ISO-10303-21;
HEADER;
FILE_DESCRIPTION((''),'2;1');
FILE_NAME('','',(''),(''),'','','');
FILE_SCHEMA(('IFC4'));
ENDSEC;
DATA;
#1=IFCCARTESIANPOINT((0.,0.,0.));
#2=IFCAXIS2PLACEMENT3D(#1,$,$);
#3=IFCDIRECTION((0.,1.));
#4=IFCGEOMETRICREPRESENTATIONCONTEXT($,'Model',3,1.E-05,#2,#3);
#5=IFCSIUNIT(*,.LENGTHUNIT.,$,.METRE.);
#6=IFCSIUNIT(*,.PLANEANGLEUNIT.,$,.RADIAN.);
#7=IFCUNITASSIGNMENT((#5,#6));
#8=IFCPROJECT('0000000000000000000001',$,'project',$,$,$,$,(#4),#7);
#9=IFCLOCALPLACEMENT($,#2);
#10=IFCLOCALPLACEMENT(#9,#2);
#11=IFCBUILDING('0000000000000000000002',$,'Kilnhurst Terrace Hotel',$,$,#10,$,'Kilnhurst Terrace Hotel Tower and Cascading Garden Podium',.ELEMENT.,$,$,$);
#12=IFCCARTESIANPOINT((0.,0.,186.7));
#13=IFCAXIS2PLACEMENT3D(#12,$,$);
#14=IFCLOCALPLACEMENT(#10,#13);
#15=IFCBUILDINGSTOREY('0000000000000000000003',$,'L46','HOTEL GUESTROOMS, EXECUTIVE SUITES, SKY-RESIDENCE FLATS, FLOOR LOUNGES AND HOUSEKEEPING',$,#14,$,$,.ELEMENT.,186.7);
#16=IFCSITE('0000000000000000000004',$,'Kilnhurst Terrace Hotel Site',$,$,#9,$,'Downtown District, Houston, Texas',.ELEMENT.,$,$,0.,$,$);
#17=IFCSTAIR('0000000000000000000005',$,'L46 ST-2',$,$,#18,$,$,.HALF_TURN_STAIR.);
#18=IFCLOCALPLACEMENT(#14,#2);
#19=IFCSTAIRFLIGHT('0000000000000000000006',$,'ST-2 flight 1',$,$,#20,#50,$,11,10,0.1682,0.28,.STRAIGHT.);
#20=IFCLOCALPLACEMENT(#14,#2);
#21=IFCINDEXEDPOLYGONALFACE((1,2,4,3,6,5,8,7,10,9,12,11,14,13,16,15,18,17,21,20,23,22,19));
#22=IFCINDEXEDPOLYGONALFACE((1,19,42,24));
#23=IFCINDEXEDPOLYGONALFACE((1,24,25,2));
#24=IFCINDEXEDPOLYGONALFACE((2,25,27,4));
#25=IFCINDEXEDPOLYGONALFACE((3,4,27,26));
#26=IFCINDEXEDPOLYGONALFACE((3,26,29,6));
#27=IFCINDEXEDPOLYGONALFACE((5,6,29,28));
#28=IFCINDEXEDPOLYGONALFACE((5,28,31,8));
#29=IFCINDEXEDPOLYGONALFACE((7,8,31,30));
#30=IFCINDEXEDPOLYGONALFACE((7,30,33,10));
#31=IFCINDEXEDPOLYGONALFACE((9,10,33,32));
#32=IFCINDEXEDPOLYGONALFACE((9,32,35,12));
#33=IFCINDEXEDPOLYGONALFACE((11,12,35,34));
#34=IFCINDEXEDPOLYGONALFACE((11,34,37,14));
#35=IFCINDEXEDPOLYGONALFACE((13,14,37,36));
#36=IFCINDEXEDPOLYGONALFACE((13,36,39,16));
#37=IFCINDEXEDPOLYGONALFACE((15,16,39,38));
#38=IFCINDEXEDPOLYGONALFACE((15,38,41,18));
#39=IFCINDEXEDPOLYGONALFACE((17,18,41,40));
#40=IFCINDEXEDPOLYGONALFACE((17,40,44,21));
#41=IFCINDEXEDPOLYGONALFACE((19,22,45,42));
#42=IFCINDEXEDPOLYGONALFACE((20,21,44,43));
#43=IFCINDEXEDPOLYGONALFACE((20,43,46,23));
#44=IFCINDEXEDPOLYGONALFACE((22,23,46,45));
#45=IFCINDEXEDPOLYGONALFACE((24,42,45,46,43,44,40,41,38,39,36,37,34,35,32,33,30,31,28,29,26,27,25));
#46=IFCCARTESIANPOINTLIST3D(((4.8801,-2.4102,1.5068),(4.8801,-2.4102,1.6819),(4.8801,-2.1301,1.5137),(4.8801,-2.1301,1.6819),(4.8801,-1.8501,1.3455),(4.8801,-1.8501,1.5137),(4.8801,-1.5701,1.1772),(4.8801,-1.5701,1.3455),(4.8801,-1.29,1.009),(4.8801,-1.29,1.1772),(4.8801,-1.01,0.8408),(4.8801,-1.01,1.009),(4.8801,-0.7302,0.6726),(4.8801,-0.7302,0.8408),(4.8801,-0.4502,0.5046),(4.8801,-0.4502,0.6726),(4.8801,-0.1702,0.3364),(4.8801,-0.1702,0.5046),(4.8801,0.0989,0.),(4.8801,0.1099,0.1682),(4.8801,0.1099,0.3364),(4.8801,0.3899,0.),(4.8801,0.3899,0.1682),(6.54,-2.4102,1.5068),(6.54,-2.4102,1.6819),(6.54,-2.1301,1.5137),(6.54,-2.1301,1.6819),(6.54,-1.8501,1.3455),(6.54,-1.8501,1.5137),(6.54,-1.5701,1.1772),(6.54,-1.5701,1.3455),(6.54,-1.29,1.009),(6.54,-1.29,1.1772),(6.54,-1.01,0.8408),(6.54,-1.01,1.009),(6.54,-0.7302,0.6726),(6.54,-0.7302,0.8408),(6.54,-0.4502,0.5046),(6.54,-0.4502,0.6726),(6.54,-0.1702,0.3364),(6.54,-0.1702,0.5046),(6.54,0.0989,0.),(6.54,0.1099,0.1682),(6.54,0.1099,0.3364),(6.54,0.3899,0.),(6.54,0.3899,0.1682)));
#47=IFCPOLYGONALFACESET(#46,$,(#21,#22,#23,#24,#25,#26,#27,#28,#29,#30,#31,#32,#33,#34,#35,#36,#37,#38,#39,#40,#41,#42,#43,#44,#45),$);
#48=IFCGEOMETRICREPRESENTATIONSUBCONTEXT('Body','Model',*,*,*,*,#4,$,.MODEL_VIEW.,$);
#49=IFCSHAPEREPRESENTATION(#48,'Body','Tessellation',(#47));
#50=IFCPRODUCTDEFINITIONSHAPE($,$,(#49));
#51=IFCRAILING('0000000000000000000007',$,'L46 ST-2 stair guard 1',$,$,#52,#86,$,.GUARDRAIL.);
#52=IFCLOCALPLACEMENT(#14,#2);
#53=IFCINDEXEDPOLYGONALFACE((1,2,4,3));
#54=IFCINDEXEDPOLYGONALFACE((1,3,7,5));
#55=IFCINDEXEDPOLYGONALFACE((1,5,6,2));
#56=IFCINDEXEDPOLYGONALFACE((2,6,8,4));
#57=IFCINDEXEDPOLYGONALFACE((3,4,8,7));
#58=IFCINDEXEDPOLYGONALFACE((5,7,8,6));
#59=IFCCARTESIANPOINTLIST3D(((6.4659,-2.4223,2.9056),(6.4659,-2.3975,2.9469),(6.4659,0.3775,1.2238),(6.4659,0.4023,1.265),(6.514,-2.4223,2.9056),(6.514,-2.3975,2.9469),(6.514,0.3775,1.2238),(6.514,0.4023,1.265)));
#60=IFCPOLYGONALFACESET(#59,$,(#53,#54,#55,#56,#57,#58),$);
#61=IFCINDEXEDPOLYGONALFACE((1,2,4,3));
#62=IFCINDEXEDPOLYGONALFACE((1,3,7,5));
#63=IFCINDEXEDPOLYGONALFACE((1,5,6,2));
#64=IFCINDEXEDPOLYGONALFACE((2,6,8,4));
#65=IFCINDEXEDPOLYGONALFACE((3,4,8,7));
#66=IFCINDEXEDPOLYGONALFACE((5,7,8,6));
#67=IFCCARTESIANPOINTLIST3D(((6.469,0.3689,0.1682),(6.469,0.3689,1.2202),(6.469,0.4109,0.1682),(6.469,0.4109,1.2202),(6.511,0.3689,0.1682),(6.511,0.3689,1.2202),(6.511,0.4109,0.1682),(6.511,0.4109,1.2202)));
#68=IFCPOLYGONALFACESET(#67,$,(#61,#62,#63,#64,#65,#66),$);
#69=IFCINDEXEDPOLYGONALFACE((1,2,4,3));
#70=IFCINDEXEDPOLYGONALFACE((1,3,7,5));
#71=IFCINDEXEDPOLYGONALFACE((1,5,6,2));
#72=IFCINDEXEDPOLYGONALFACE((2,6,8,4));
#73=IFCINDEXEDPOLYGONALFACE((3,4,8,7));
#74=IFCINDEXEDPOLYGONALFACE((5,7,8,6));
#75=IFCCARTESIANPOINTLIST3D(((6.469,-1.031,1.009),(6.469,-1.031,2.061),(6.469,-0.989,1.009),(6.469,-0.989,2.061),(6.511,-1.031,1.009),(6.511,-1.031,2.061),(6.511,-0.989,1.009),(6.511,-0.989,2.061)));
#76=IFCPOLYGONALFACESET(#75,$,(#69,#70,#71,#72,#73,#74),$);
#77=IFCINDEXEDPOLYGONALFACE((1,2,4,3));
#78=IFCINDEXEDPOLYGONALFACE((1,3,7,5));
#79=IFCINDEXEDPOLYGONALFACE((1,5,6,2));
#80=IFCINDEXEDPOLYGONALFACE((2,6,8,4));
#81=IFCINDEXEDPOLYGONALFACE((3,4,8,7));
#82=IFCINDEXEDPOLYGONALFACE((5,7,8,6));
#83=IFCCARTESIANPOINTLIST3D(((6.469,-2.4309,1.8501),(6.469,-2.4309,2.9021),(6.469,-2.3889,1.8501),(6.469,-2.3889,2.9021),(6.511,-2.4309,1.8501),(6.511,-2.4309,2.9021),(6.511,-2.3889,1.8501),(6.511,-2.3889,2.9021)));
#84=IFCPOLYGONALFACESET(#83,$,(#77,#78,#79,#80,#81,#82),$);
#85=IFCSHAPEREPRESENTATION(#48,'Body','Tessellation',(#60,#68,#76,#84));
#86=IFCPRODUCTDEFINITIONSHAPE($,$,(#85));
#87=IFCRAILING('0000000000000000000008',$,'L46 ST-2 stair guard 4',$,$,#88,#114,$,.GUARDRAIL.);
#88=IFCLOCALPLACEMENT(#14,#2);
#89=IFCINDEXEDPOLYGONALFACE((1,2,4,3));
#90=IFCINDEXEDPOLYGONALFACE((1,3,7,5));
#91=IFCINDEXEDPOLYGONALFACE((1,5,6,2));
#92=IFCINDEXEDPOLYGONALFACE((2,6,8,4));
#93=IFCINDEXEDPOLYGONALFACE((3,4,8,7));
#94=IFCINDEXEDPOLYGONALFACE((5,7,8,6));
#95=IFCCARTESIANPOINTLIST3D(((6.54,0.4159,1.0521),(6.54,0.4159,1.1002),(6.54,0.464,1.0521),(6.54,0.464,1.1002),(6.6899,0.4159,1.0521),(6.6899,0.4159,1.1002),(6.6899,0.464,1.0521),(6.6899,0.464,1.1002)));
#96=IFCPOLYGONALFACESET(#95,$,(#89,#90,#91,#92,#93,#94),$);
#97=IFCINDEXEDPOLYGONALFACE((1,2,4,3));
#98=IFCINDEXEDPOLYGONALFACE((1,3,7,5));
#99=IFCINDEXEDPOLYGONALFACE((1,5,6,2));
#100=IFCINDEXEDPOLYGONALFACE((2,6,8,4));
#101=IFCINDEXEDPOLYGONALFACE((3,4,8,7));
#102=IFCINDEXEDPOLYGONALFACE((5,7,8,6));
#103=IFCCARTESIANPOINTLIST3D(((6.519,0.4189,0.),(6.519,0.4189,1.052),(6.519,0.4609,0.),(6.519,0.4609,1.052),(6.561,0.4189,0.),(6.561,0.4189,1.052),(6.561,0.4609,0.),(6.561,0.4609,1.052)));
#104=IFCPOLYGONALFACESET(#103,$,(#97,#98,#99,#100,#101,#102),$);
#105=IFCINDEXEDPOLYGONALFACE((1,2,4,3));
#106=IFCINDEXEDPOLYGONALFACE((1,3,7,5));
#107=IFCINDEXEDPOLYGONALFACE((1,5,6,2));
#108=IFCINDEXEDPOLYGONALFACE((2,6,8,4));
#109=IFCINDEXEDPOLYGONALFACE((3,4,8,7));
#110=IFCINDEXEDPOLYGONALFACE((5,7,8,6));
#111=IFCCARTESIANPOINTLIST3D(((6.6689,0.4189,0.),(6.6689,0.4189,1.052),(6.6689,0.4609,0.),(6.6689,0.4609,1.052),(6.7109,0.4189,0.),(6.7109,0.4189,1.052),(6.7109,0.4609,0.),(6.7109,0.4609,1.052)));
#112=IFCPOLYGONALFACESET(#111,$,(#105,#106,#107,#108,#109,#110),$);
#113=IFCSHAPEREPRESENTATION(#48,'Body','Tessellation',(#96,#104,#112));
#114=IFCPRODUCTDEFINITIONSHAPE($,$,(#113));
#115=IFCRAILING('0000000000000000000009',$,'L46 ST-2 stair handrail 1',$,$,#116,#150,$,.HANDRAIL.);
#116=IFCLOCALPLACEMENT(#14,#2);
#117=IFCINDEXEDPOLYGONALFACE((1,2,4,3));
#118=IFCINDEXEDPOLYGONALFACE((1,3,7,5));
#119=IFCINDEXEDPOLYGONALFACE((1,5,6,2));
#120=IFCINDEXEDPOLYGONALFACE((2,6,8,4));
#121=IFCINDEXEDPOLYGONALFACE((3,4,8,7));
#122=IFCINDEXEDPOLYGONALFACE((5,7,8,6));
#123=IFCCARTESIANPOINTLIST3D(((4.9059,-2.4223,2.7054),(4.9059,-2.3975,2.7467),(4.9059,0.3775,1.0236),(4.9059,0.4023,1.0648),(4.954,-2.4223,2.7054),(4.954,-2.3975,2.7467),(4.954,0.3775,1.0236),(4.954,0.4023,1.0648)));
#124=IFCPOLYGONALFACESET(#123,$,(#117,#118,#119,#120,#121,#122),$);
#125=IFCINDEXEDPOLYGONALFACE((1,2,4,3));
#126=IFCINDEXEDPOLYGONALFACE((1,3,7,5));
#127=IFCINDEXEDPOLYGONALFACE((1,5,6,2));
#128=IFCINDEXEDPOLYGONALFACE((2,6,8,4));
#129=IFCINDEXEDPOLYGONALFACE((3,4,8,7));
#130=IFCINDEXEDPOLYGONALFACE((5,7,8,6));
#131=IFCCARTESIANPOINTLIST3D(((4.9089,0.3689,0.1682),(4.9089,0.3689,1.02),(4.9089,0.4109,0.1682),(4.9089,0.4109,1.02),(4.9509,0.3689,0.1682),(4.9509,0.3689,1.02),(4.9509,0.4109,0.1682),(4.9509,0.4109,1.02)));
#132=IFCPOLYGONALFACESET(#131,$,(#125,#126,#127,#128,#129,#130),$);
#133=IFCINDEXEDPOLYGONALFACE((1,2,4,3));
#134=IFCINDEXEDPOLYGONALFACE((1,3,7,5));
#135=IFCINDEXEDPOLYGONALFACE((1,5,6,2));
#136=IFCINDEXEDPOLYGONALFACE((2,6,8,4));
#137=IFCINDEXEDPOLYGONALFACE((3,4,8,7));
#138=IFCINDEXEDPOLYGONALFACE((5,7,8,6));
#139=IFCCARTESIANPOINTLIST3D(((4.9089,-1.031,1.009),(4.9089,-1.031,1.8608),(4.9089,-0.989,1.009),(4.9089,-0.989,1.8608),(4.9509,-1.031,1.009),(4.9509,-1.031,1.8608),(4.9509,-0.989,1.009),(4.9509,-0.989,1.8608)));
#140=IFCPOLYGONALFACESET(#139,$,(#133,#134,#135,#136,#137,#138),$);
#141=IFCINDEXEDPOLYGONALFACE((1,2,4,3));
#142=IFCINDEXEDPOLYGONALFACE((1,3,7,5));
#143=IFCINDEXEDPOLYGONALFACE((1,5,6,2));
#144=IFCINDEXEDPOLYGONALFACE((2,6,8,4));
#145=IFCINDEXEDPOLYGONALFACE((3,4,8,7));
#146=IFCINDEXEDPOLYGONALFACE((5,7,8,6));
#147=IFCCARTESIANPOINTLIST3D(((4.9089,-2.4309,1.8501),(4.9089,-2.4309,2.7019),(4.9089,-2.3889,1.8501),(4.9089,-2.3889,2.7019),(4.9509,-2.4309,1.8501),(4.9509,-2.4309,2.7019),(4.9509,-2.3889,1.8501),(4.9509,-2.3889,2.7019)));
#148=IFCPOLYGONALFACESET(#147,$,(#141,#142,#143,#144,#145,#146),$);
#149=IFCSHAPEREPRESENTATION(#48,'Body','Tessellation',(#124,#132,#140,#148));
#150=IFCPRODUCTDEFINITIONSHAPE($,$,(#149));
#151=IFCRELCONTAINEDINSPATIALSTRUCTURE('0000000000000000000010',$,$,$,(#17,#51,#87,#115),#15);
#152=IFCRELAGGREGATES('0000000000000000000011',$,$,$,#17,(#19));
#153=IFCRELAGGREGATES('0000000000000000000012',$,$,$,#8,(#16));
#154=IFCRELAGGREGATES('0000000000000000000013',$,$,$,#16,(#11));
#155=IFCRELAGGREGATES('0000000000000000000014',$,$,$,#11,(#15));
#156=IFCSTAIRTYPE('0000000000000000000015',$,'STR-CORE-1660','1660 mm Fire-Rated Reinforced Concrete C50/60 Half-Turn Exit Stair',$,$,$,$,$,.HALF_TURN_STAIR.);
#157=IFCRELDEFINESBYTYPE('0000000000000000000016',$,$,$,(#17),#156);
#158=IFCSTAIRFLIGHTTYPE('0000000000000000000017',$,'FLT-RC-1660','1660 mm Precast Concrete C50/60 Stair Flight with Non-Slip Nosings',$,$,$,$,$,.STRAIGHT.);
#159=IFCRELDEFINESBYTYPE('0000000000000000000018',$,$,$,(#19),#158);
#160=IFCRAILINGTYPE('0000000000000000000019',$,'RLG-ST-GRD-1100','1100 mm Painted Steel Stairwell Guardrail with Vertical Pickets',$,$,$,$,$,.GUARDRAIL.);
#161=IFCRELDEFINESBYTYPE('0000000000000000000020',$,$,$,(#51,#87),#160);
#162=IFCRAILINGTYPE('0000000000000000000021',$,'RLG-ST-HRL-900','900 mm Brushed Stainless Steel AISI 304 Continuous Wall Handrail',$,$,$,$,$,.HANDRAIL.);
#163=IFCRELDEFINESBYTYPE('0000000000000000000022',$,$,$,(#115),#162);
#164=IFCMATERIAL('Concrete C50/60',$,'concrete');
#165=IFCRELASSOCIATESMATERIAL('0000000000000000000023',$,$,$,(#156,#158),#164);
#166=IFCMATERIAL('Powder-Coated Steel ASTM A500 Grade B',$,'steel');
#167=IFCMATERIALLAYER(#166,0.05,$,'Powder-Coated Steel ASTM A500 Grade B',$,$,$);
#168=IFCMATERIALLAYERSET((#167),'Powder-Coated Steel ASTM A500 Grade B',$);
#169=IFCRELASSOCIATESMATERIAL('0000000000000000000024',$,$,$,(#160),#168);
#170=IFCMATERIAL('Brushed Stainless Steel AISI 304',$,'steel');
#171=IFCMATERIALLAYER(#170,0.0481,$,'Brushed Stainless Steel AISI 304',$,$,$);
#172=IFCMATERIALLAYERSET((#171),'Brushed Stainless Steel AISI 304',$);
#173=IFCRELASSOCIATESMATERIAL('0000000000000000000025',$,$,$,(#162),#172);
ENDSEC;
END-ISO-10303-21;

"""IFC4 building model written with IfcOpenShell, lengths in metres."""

from ifc_helpers import new_model, si_unit, direction, frame, origin, origin_2d, place, context, subcontext, project, spatial, polyline, rectangle, outline, extrude, material, layer, layer_set, type_object, element, aggregate, save


model = new_model("IFC4")

# Units and contexts
model_context = context("Model", 3, precision=1e-05, world=origin(), true_north=direction((0.0, 1.0)))
body_context = subcontext(model_context, "Body", "Model", "MODEL_VIEW")
ifc_project = project(units=[si_unit("LENGTHUNIT", "METRE"), si_unit("PLANEANGLEUNIT", "RADIAN")], contexts=[model_context])

# Site, building, storey
site_placement = place(None, origin())
site = spatial("IfcSite", under=ifc_project, at=site_placement, Name="Kilnhurst Terrace Hotel Site", LongName="Downtown District, Houston, Texas", CompositionType="ELEMENT", RefElevation=0.0)
building_placement = place(site_placement, origin())
building = spatial("IfcBuilding", under=site, at=building_placement, Name="Kilnhurst Terrace Hotel", LongName="Kilnhurst Terrace Hotel Tower and Cascading Garden Podium", CompositionType="ELEMENT")
storey_placement = place(building_placement, frame((0.0, 0.0, 186.7)))
storey = spatial("IfcBuildingStorey", under=building, at=storey_placement, Name="L46", Description="HOTEL GUESTROOMS, EXECUTIVE SUITES, SKY-RESIDENCE FLATS, FLOOR LOUNGES AND HOUSEKEEPING", CompositionType="ELEMENT", Elevation=186.7)

# Shared definitions
ifc_material_1 = material(Name="Concrete C50/60", Category="concrete")

# Stair, stair flight
stair_type = type_object("IfcStairType", Name="STR-CORE-1660", Description="1660 mm Fire-Rated Reinforced Concrete C50/60 Half-Turn Exit Stair", PredefinedType="HALF_TURN_STAIR", material=ifc_material_1)
stair_placement = place(storey_placement, origin())
stair = element("IfcStair", 1, at=stair_placement, inside=storey, type_object=stair_type, Name="L46 ST-2", PredefinedType="HALF_TURN_STAIR")
stair_flight_type = type_object("IfcStairFlightType", Name="FLT-RC-1660", Description="1660 mm Precast Concrete C50/60 Stair Flight with Non-Slip Nosings", PredefinedType="STRAIGHT", material=ifc_material_1)
stair_flight_placement = place(storey_placement, frame((5.71, 0.3899, 0.0), z_axis=(0.0, 0.0, 1.0), x_axis=(0.0, -1.0, 0.0)))
stair_flight = element("IfcStairFlight", 2, at=stair_flight_placement, type_object=stair_flight_type, Name="ST-2 flight 1", NumberOfRisers=11, NumberOfTreads=10, PredefinedType="STRAIGHT", RiserHeight=0.1682, TreadLength=0.28, context=body_context, shape_type="SweptSolid", body=[
    extrude(outline(polyline([(0.0, 0.0), (0.0, 0.1682), (0.28, 0.1682), (0.28, 0.3364), (0.5601, 0.3364), (0.5601, 0.5046), (0.8401, 0.5046), (0.8401, 0.6726), (1.1201, 0.6726), (1.1201, 0.8408), (1.3999, 0.8408), (1.3999, 1.009), (1.6799, 1.009), (1.6799, 1.1772), (1.96, 1.1772), (1.96, 1.3455), (2.24, 1.3455), (2.24, 1.5137), (2.52, 1.5137), (2.52, 1.6819), (2.8, 1.6819), (2.8, 1.8501), (2.8, 1.5068), (0.291, 0.0), (0.0, 0.0)])), frame((0.0, 0.8301, 0.0), z_axis=(0.0, -1.0, 0.0), x_axis=(1.0, 0.0, 0.0)), (0.0, 0.0, 1.0), 1.6599),
])
aggregate(stair, [stair_flight])

# Railings
ifc_material_2 = material(Name="Powder-Coated Steel ASTM A500 Grade B", Category="steel")
ifc_layer_1 = layer(ifc_material_2, 0.05, Name="Powder-Coated Steel ASTM A500 Grade B")
ifc_layer_set_1 = layer_set([ifc_layer_1], Name="Powder-Coated Steel ASTM A500 Grade B")
railing_type_1 = type_object("IfcRailingType", Name="RLG-ST-GRD-1100", Description="1100 mm Painted Steel Stairwell Guardrail with Vertical Pickets", PredefinedType="GUARDRAIL", material=ifc_layer_set_1)
railing_1_placement = place(storey_placement, frame((6.49, 0.3899, 0.1682)))
element("IfcRailing", 3, at=railing_1_placement, inside=storey, type_object=railing_type_1, Name="L46 ST-2 stair guard 1", PredefinedType="GUARDRAIL", context=body_context, shape_type="SweptSolid", body=[
    extrude(rectangle(XDim=0.0481, YDim=0.0481, at=origin_2d()), frame((0.0, 0.0, 1.0762), z_axis=(0.0, -0.857222, 0.514946), x_axis=(1.0, 0.0, 0.0)), (0.0, 0.0, 1.0), 3.2661),
    extrude(rectangle(XDim=0.042, YDim=0.042, at=origin_2d()), origin(), (0.0, 0.0, 1.0), 1.052),
    extrude(rectangle(XDim=0.042, YDim=0.042, at=origin_2d()), frame((0.0, -1.3999, 0.8408)), (0.0, 0.0, 1.0), 1.052),
    extrude(rectangle(XDim=0.042, YDim=0.042, at=origin_2d()), frame((0.0, -2.7998, 1.6819)), (0.0, 0.0, 1.0), 1.052),
])
railing_2_placement = place(storey_placement, frame((6.54, 0.4399, 0.0)))
element("IfcRailing", 4, at=railing_2_placement, inside=storey, type_object=railing_type_1, Name="L46 ST-2 stair guard 4", PredefinedType="GUARDRAIL", context=body_context, shape_type="SweptSolid", body=[
    extrude(rectangle(XDim=0.0481, YDim=0.0481, at=origin_2d()), frame((0.0, 0.0, 1.0762), z_axis=(1.0, 0.0, 0.0), x_axis=(0.0, 1.0, 0.0)), (0.0, 0.0, 1.0), 0.1499),
    extrude(rectangle(XDim=0.042, YDim=0.042, at=origin_2d()), origin(), (0.0, 0.0, 1.0), 1.052),
    extrude(rectangle(XDim=0.042, YDim=0.042, at=origin_2d()), frame((0.1499, 0.0, 0.0)), (0.0, 0.0, 1.0), 1.052),
])
ifc_material_3 = material(Name="Brushed Stainless Steel AISI 304", Category="steel")
ifc_layer_2 = layer(ifc_material_3, 0.0481, Name="Brushed Stainless Steel AISI 304")
ifc_layer_set_2 = layer_set([ifc_layer_2], Name="Brushed Stainless Steel AISI 304")
railing_type_2 = type_object("IfcRailingType", Name="RLG-ST-HRL-900", Description="900 mm Brushed Stainless Steel AISI 304 Continuous Wall Handrail", PredefinedType="HANDRAIL", material=ifc_layer_set_2)
railing_3_placement = place(storey_placement, frame((4.9299, 0.3899, 0.1682)))
element("IfcRailing", 5, at=railing_3_placement, inside=storey, type_object=railing_type_2, Name="L46 ST-2 stair handrail 1", PredefinedType="HANDRAIL", context=body_context, shape_type="SweptSolid", body=[
    extrude(rectangle(XDim=0.0481, YDim=0.0481, at=origin_2d()), frame((0.0, 0.0, 0.876), z_axis=(0.0, -0.857222, 0.514946), x_axis=(1.0, 0.0, 0.0)), (0.0, 0.0, 1.0), 3.2661),
    extrude(rectangle(XDim=0.042, YDim=0.042, at=origin_2d()), origin(), (0.0, 0.0, 1.0), 0.8518),
    extrude(rectangle(XDim=0.042, YDim=0.042, at=origin_2d()), frame((0.0, -1.3999, 0.8408)), (0.0, 0.0, 1.0), 0.8518),
    extrude(rectangle(XDim=0.042, YDim=0.042, at=origin_2d()), frame((0.0, -2.7998, 1.6819)), (0.0, 0.0, 1.0), 0.8518),
])

save(model, "model.ifc")
